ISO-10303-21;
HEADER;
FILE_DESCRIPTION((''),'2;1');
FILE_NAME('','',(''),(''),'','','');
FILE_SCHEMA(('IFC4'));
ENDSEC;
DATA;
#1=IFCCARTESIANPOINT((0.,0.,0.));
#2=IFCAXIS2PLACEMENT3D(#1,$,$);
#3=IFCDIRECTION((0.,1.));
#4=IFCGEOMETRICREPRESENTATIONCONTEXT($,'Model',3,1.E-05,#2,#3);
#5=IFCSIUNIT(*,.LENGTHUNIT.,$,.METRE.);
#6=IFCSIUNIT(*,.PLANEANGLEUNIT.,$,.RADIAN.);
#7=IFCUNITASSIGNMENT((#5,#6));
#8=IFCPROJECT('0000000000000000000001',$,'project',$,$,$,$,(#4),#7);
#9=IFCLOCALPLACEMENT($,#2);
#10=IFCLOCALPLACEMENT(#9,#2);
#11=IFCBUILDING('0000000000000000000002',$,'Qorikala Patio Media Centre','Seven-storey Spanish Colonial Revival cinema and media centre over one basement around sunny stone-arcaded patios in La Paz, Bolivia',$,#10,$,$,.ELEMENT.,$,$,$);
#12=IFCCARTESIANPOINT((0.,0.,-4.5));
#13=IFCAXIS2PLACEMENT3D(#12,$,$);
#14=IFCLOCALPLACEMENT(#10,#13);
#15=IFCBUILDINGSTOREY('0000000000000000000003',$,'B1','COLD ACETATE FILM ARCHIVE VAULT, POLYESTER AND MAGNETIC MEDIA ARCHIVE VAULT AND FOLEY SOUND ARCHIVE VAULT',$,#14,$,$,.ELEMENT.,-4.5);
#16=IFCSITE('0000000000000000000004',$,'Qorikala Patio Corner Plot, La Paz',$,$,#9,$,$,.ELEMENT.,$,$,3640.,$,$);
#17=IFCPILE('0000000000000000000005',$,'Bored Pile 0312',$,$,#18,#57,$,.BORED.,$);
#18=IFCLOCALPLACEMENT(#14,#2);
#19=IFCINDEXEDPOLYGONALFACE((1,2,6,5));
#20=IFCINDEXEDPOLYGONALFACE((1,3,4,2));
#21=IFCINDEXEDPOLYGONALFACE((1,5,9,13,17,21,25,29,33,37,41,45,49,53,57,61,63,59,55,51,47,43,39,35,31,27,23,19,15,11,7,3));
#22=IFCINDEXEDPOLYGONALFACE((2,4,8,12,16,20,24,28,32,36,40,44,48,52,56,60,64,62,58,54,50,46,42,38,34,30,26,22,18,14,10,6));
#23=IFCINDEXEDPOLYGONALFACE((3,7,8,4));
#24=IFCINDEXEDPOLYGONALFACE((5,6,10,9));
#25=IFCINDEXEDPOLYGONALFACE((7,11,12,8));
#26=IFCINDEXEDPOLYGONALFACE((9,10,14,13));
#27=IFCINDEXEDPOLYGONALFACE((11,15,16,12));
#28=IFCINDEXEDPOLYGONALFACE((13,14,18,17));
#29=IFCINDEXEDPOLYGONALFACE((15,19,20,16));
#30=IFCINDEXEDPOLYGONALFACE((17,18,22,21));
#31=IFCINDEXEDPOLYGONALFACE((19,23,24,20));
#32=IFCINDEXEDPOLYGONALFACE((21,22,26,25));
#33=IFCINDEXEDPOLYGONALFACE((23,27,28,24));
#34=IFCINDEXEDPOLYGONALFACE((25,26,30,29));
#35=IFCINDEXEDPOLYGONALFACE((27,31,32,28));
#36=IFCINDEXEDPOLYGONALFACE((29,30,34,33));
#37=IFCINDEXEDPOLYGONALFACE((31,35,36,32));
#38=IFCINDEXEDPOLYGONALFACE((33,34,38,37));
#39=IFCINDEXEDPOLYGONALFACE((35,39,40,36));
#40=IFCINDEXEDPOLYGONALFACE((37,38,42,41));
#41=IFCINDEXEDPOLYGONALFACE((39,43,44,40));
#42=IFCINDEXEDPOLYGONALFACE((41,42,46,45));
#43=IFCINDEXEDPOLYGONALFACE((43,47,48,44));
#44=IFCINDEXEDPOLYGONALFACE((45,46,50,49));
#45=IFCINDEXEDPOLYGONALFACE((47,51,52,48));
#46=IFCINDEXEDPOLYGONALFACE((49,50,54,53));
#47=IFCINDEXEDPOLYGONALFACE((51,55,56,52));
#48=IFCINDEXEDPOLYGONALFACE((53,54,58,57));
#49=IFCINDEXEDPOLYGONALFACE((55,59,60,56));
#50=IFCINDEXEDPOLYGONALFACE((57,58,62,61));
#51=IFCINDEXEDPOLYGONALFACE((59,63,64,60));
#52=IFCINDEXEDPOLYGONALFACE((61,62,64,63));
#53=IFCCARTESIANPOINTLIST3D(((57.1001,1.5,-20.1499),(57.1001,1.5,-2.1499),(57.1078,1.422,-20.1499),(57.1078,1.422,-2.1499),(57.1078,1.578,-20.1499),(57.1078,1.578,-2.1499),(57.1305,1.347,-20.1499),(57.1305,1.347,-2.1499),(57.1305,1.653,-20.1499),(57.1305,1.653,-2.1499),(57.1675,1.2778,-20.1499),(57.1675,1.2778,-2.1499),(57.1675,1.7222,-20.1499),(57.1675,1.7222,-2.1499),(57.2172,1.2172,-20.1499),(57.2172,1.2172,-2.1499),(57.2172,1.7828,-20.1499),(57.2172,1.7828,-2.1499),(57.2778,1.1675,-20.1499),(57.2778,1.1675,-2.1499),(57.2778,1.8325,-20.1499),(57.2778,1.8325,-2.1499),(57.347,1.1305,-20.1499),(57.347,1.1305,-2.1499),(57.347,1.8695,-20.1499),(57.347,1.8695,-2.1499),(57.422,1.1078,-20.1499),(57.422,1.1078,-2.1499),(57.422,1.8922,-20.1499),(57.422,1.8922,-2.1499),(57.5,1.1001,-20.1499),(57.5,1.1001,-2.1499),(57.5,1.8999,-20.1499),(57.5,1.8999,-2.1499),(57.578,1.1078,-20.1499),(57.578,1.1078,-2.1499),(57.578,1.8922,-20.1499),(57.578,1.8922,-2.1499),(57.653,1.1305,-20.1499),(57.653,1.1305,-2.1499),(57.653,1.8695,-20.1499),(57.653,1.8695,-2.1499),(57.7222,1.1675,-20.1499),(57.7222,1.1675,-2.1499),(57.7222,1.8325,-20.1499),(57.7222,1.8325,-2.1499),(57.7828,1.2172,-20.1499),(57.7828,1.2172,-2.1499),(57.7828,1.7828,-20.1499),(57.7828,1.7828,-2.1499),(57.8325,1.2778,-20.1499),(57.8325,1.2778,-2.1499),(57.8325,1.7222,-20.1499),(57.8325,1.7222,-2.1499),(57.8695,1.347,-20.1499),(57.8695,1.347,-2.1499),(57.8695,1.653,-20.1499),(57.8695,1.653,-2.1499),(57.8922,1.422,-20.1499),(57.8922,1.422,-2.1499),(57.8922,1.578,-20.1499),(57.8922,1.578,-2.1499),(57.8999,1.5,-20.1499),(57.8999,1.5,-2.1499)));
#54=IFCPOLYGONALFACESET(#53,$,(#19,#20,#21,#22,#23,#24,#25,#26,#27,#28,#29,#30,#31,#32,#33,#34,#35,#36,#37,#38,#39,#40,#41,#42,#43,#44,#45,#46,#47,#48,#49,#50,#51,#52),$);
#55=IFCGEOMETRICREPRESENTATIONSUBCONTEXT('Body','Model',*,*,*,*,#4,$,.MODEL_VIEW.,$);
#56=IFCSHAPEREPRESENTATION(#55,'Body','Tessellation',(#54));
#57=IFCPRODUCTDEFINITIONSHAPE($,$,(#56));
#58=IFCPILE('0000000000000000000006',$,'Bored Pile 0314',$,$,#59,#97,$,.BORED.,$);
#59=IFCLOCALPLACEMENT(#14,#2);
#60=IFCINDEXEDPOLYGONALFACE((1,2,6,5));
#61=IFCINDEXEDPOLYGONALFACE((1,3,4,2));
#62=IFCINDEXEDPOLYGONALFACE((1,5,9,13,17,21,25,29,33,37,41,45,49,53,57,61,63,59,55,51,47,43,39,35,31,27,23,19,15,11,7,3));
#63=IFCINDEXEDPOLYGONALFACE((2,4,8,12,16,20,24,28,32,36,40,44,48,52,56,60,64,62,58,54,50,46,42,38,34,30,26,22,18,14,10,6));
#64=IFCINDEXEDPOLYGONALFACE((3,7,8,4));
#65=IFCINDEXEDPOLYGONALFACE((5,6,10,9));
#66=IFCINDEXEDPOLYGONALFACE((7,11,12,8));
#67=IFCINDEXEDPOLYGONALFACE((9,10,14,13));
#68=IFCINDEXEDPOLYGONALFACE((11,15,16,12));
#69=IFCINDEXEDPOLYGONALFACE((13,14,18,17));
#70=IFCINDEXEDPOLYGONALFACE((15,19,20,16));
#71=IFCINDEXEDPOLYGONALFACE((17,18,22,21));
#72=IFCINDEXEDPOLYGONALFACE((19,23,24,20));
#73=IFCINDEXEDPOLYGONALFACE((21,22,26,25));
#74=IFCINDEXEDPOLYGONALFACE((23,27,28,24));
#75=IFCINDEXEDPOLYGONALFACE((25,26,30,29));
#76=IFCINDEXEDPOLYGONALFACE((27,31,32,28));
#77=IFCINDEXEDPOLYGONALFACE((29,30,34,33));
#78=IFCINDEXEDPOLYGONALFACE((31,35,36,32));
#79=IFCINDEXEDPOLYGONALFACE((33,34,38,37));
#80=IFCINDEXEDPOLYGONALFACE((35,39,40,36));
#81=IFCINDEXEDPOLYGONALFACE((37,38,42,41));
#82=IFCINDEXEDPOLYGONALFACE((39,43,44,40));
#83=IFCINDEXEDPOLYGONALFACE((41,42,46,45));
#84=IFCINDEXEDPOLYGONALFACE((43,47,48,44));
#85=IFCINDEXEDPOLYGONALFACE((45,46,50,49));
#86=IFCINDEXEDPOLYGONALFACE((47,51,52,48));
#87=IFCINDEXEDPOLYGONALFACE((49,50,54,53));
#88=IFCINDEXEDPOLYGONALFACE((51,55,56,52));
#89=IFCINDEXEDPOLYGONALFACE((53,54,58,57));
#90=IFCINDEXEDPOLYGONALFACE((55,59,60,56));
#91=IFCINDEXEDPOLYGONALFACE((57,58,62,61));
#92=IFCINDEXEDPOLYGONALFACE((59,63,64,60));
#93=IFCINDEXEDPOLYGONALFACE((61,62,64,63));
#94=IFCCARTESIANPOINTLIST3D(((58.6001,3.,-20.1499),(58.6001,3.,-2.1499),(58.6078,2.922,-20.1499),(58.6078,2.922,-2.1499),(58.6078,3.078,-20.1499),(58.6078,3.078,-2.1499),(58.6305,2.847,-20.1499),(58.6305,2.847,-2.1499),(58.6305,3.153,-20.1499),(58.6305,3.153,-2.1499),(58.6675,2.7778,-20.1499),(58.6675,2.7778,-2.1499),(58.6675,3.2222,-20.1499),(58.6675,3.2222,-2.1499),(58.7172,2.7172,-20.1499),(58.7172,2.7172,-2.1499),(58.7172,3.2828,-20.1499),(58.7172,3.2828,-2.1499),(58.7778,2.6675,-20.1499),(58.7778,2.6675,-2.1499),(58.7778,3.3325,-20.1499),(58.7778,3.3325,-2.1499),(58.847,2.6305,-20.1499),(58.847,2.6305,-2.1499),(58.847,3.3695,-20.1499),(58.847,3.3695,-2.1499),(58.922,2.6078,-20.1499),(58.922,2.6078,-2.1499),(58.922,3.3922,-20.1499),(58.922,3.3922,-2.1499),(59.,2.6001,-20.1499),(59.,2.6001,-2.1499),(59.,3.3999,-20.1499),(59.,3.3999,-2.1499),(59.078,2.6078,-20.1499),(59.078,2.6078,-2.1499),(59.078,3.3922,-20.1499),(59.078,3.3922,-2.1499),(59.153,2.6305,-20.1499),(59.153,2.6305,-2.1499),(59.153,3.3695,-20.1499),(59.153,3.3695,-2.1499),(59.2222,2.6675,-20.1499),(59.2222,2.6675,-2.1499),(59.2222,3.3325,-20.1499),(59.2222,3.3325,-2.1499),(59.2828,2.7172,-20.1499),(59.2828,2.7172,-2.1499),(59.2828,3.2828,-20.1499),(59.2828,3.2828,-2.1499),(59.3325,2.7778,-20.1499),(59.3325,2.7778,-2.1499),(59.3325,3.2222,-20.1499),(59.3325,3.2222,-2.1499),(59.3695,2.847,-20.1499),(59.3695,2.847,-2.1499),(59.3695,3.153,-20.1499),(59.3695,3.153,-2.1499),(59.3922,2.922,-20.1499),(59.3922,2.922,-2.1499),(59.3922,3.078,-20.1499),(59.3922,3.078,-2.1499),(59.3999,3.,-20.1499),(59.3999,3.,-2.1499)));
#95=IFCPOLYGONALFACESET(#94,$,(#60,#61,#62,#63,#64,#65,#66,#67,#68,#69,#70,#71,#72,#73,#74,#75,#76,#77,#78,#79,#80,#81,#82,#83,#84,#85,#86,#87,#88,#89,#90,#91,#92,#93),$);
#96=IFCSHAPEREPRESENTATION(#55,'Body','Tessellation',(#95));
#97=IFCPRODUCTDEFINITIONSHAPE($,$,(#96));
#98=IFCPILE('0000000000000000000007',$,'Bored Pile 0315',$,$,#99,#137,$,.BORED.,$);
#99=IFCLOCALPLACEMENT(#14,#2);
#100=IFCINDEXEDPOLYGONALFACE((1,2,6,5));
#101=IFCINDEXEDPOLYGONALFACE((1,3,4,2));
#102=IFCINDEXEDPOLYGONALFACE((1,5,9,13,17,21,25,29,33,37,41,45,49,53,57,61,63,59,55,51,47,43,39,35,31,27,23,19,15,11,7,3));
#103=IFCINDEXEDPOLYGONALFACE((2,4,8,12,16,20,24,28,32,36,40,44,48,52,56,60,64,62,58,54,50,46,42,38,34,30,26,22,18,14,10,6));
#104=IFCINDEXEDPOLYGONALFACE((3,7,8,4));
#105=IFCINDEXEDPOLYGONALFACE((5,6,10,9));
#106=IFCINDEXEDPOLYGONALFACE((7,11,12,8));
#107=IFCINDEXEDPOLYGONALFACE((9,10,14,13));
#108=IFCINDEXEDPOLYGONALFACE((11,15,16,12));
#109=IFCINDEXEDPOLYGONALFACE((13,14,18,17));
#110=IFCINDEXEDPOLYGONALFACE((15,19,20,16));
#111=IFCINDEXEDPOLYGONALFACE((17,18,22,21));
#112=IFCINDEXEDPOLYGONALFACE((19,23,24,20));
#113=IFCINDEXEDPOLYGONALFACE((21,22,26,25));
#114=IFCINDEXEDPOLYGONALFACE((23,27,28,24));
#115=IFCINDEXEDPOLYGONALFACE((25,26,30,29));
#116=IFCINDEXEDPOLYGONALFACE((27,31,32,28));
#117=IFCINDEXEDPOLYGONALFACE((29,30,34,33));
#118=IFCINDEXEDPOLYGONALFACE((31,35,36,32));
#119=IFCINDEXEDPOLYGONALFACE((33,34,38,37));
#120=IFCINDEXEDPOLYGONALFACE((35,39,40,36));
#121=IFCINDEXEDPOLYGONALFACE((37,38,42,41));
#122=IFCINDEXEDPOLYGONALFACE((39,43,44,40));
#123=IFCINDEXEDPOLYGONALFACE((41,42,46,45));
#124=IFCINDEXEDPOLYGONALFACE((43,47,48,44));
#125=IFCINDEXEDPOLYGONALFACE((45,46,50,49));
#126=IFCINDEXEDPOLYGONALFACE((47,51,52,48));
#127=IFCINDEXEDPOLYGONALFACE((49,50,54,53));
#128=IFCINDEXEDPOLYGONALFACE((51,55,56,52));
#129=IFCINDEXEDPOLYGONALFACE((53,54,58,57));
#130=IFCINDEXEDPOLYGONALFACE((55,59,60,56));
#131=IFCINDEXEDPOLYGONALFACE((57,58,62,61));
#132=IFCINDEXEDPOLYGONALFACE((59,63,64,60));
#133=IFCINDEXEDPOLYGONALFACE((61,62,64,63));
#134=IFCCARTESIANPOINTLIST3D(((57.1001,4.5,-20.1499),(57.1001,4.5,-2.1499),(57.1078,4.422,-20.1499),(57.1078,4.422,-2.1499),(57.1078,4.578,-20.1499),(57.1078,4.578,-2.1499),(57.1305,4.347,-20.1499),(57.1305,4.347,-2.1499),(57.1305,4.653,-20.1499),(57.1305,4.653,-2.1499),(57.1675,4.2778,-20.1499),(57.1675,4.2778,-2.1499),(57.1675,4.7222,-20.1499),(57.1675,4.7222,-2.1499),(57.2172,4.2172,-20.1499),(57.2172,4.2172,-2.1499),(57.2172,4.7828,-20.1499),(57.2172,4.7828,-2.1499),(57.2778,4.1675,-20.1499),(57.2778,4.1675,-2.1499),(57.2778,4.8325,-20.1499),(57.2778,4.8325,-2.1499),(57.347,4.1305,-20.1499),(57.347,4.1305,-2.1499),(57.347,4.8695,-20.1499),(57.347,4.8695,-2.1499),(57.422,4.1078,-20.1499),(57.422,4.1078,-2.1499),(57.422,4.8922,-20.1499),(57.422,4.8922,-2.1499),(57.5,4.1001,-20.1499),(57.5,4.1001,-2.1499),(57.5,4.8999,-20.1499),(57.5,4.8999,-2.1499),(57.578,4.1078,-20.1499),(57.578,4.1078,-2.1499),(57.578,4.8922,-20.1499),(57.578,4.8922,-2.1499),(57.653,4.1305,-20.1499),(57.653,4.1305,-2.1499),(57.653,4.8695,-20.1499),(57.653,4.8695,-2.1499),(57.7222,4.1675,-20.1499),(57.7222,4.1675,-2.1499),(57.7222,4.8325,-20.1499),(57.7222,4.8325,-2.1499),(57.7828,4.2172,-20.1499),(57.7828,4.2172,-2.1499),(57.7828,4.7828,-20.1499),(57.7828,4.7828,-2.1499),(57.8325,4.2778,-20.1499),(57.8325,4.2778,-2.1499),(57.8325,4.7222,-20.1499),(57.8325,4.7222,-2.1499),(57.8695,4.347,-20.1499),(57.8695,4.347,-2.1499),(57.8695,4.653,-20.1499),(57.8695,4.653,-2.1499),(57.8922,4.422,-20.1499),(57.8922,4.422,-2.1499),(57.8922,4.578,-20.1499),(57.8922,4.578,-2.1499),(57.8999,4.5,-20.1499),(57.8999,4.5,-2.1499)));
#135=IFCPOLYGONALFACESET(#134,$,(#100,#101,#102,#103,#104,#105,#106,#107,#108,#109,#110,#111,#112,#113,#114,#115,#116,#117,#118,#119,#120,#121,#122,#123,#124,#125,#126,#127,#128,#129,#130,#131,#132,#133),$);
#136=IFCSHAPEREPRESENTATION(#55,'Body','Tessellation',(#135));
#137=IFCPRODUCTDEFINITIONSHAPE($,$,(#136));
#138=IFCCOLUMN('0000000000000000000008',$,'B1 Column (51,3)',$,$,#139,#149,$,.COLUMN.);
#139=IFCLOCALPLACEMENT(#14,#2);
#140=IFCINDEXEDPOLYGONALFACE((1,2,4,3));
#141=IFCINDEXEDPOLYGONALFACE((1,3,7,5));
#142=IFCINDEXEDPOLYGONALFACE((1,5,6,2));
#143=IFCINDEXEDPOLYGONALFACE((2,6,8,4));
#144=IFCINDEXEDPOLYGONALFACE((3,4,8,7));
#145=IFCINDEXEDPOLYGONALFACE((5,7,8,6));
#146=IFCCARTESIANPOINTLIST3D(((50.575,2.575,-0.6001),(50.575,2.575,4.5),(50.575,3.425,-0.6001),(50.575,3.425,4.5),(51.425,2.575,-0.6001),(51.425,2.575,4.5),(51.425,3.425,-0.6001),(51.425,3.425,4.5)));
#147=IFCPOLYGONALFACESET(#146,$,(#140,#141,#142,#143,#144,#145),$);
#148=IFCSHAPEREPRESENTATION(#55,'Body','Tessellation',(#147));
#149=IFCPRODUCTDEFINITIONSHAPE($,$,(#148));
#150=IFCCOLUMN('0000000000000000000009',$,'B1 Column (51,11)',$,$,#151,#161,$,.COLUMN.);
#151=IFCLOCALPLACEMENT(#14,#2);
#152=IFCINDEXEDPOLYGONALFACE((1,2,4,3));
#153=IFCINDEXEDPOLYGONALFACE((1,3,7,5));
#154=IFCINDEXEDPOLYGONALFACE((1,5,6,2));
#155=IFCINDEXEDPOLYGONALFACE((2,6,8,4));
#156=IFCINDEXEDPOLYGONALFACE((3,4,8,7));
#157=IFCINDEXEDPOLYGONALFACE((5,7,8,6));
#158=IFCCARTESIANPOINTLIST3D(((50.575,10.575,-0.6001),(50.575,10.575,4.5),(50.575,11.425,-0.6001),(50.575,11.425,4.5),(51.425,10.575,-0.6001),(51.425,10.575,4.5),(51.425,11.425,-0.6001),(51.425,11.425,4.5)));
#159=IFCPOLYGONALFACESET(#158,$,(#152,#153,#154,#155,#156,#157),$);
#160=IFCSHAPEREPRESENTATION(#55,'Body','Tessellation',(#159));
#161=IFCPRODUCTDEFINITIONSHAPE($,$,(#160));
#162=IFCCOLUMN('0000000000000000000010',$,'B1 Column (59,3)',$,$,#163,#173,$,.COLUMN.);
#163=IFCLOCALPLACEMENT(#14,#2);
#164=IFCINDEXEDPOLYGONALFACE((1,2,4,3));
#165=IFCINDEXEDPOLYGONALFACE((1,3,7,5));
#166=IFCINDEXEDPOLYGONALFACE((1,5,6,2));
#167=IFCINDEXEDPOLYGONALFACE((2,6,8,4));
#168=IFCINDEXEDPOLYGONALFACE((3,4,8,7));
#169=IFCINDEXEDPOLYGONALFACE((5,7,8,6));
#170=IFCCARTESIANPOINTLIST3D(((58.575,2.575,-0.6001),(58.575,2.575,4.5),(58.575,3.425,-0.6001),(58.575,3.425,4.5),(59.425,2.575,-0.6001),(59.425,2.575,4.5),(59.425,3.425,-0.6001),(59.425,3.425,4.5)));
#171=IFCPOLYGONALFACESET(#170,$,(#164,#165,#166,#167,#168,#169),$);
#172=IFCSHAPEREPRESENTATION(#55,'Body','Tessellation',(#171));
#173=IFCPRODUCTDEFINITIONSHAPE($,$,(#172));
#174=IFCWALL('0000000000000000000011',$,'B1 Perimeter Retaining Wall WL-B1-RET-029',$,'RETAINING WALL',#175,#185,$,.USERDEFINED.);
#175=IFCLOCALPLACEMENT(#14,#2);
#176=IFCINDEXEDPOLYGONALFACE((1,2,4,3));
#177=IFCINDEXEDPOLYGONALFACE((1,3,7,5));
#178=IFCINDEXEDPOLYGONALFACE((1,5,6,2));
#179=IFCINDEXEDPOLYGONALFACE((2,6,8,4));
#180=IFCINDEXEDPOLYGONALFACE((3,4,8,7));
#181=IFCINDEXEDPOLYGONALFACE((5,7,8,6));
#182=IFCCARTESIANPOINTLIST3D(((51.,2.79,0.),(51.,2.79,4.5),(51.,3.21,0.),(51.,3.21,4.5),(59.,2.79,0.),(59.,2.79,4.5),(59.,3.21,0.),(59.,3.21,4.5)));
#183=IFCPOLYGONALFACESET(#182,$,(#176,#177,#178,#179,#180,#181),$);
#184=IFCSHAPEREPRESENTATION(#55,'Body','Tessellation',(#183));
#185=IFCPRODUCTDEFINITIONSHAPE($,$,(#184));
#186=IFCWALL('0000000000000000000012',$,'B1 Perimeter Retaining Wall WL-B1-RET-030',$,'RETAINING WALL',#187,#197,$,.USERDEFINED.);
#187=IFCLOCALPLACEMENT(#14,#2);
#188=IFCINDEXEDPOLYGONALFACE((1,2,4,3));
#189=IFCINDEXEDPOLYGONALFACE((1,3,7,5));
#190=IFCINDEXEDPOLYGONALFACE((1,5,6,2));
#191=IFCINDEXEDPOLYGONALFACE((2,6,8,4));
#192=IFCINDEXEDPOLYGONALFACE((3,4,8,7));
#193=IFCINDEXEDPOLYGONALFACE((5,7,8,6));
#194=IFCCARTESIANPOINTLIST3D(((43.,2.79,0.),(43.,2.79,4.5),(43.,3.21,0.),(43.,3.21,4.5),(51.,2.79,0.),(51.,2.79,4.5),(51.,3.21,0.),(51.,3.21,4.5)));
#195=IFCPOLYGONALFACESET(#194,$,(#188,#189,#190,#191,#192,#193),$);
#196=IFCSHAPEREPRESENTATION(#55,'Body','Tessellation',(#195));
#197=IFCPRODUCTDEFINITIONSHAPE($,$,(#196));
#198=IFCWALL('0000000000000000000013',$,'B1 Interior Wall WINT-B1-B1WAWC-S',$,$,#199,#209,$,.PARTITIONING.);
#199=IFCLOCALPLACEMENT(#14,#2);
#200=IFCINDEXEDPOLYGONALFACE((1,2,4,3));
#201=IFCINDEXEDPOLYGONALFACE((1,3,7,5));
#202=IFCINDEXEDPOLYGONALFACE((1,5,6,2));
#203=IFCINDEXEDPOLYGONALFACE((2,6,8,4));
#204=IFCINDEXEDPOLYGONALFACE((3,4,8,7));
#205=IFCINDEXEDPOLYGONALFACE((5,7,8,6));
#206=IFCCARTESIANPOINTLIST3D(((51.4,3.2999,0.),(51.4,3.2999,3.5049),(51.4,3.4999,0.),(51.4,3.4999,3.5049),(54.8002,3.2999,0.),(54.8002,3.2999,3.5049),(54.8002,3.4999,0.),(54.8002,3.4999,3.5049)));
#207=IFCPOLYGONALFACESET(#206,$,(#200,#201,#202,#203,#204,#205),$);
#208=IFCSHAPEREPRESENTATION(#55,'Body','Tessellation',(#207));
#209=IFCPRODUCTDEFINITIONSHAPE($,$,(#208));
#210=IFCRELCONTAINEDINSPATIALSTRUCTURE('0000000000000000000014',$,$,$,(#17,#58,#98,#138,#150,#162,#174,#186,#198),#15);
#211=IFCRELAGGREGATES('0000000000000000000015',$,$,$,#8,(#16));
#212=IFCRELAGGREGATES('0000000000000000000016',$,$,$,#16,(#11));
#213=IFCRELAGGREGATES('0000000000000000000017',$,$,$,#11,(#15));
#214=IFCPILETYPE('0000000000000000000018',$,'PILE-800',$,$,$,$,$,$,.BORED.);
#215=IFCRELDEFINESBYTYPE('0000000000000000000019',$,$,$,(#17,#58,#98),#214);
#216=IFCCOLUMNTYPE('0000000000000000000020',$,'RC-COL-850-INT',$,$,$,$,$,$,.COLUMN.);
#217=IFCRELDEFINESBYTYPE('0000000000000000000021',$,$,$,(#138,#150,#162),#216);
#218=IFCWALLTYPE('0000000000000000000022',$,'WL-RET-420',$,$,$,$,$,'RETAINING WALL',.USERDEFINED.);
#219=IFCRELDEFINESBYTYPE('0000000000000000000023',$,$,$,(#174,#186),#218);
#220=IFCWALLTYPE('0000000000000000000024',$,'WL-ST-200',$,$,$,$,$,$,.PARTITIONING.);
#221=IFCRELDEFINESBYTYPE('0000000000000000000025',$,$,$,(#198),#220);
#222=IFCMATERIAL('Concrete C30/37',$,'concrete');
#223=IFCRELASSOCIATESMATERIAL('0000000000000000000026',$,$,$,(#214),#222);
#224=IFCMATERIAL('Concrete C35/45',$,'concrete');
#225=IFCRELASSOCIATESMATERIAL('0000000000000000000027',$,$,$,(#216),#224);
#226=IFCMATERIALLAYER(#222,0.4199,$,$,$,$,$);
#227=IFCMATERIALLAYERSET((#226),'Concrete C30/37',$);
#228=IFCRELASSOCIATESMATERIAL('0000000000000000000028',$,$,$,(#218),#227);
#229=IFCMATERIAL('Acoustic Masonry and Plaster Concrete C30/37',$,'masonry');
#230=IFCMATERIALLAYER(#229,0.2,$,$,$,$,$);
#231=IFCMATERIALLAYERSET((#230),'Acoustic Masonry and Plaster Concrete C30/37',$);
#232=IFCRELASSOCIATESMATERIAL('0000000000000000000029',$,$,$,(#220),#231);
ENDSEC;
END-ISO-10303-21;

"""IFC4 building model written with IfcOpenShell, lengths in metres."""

from ifc_helpers import new_model, si_unit, direction, frame, frame_2d, origin, origin_2d, place, context, subcontext, project, spatial, rectangle, circle, extrude, material, layer, layer_set, material_profile, profile_set, type_object, element, save


model = new_model("IFC4")

# Units and contexts
model_context = context("Model", 3, precision=1e-05, world=origin(), true_north=direction((0.0, 1.0)))
body_context = subcontext(model_context, "Body", "Model", "MODEL_VIEW")
ifc_project = project(units=[si_unit("LENGTHUNIT", "METRE"), si_unit("PLANEANGLEUNIT", "RADIAN")], contexts=[model_context])

# Site, building, storey
site_placement = place(None, origin())
site = spatial("IfcSite", under=ifc_project, at=site_placement, Name="Qorikala Patio Corner Plot, La Paz", CompositionType="ELEMENT", RefElevation=3640.0)
building_placement = place(site_placement, origin())
building = spatial("IfcBuilding", under=site, at=building_placement, Name="Qorikala Patio Media Centre", Description="Seven-storey Spanish Colonial Revival cinema and media centre over one basement around sunny stone-arcaded patios in La Paz, Bolivia", CompositionType="ELEMENT")
storey_placement = place(building_placement, frame((0.0, 0.0, -4.5)))
storey = spatial("IfcBuildingStorey", under=building, at=storey_placement, Name="B1", Description="COLD ACETATE FILM ARCHIVE VAULT, POLYESTER AND MAGNETIC MEDIA ARCHIVE VAULT AND FOLEY SOUND ARCHIVE VAULT", CompositionType="ELEMENT", Elevation=-4.5)

# Shared definitions
ifc_material_1 = material(Name="Concrete C30/37", Category="concrete")

# Piles
ifc_material_profile_1 = material_profile(ifc_material_1, circle(Radius=0.3999, at=origin_2d()), Name="BORED PILE 800")
ifc_profile_set_1 = profile_set([ifc_material_profile_1], Name="Concrete C30/37")
pile_type_1 = type_object("IfcPileType", Name="PILE-800", PredefinedType="BORED", material=ifc_profile_set_1)
for number, where, z_axis, x_axis, name in (
    (1, (57.5, 1.5, -2.1499), (0.0, 0.0, -1.0), (1.0, 0.0, 0.0), "Bored Pile 0312"),
    (2, (59.0, 3.0, -2.1499), (0.0, 0.0, -1.0), (1.0, 0.0, 0.0), "Bored Pile 0314"),
    (3, (57.5, 4.5, -2.1499), (0.0, 0.0, -1.0), (1.0, 0.0, 0.0), "Bored Pile 0315"),
):
    element("IfcPile", number, at=place(storey_placement, frame(where, z_axis=z_axis, x_axis=x_axis)), inside=storey, type_object=pile_type_1, Name=name, PredefinedType="BORED", context=body_context, shape_type="SweptSolid", body=[
        extrude(circle(Radius=0.3999, at=origin_2d()), origin(), (0.0, 0.0, 1.0), 18.0),
    ])

# Columns
ifc_material_2 = material(Name="Concrete C35/45", Category="concrete")
ifc_material_profile_2 = material_profile(ifc_material_2, rectangle(XDim=0.8501, YDim=0.8501, at=origin_2d()), Name="RC 850x850")
ifc_profile_set_2 = profile_set([ifc_material_profile_2], Name="Concrete C35/45")
column_type = type_object("IfcColumnType", Name="RC-COL-850-INT", PredefinedType="COLUMN", material=ifc_profile_set_2)
for number, where, z_axis, x_axis, name in (
    (4, (51.0, 3.0, -0.6001), (0.0, 0.0, 1.0), (1.0, 0.0, 0.0), "B1 Column (51,3)"),
    (5, (51.0, 11.0, -0.6001), (0.0, 0.0, 1.0), (1.0, 0.0, 0.0), "B1 Column (51,11)"),
    (6, (59.0, 3.0, -0.6001), (0.0, 0.0, 1.0), (1.0, 0.0, 0.0), "B1 Column (59,3)"),
):
    element("IfcColumn", number, at=place(storey_placement, frame(where, z_axis=z_axis, x_axis=x_axis)), inside=storey, type_object=column_type, Name=name, PredefinedType="COLUMN", context=body_context, shape_type="SweptSolid", body=[
        extrude(rectangle(XDim=0.8501, YDim=0.8501, at=origin_2d()), origin(), (0.0, 0.0, 1.0), 5.1001),
    ])

# Walls
ifc_layer_1 = layer(ifc_material_1, 0.4199)
ifc_layer_set_1 = layer_set([ifc_layer_1], Name="Concrete C30/37")
wall_type_1 = type_object("IfcWallType", Name="WL-RET-420", ElementType="RETAINING WALL", PredefinedType="USERDEFINED", material=ifc_layer_set_1)
for number, where, z_axis, x_axis, name in (
    (7, (59.0, 3.0, 0.0), (0.0, 0.0, 1.0), (-1.0, 0.0, 0.0), "B1 Perimeter Retaining Wall WL-B1-RET-029"),
    (8, (51.0, 3.0, 0.0), (0.0, 0.0, 1.0), (-1.0, 0.0, 0.0), "B1 Perimeter Retaining Wall WL-B1-RET-030"),
):
    element("IfcWall", number, at=place(storey_placement, frame(where, z_axis=z_axis, x_axis=x_axis)), inside=storey, type_object=wall_type_1, Name=name, ObjectType="RETAINING WALL", PredefinedType="USERDEFINED", context=body_context, shape_type="SweptSolid", body=[
        extrude(rectangle(XDim=8.0, YDim=0.4199, at=frame_2d((4.0, 0.0))), origin(), (0.0, 0.0, 1.0), 4.5),
    ])
ifc_material_3 = material(Name="Acoustic Masonry and Plaster Concrete C30/37", Category="masonry")
ifc_layer_2 = layer(ifc_material_3, 0.2)
ifc_layer_set_2 = layer_set([ifc_layer_2], Name="Acoustic Masonry and Plaster Concrete C30/37")
wall_type_2 = type_object("IfcWallType", Name="WL-ST-200", PredefinedType="PARTITIONING", material=ifc_layer_set_2)
wall_1_placement = place(storey_placement, frame((51.3999, 3.3999, 0.0), z_axis=(0.0, 0.0, 1.0), x_axis=(1.0, 0.0, 0.0)))
element("IfcWall", 9, at=wall_1_placement, inside=storey, type_object=wall_type_2, Name="B1 Interior Wall WINT-B1-B1WAWC-S", PredefinedType="PARTITIONING", context=body_context, shape_type="SweptSolid", body=[
    extrude(rectangle(XDim=3.4001, YDim=0.2, at=frame_2d((1.7002, 0.0))), origin(), (0.0, 0.0, 1.0), 3.5049),
])

save(model, "model.ifc")
